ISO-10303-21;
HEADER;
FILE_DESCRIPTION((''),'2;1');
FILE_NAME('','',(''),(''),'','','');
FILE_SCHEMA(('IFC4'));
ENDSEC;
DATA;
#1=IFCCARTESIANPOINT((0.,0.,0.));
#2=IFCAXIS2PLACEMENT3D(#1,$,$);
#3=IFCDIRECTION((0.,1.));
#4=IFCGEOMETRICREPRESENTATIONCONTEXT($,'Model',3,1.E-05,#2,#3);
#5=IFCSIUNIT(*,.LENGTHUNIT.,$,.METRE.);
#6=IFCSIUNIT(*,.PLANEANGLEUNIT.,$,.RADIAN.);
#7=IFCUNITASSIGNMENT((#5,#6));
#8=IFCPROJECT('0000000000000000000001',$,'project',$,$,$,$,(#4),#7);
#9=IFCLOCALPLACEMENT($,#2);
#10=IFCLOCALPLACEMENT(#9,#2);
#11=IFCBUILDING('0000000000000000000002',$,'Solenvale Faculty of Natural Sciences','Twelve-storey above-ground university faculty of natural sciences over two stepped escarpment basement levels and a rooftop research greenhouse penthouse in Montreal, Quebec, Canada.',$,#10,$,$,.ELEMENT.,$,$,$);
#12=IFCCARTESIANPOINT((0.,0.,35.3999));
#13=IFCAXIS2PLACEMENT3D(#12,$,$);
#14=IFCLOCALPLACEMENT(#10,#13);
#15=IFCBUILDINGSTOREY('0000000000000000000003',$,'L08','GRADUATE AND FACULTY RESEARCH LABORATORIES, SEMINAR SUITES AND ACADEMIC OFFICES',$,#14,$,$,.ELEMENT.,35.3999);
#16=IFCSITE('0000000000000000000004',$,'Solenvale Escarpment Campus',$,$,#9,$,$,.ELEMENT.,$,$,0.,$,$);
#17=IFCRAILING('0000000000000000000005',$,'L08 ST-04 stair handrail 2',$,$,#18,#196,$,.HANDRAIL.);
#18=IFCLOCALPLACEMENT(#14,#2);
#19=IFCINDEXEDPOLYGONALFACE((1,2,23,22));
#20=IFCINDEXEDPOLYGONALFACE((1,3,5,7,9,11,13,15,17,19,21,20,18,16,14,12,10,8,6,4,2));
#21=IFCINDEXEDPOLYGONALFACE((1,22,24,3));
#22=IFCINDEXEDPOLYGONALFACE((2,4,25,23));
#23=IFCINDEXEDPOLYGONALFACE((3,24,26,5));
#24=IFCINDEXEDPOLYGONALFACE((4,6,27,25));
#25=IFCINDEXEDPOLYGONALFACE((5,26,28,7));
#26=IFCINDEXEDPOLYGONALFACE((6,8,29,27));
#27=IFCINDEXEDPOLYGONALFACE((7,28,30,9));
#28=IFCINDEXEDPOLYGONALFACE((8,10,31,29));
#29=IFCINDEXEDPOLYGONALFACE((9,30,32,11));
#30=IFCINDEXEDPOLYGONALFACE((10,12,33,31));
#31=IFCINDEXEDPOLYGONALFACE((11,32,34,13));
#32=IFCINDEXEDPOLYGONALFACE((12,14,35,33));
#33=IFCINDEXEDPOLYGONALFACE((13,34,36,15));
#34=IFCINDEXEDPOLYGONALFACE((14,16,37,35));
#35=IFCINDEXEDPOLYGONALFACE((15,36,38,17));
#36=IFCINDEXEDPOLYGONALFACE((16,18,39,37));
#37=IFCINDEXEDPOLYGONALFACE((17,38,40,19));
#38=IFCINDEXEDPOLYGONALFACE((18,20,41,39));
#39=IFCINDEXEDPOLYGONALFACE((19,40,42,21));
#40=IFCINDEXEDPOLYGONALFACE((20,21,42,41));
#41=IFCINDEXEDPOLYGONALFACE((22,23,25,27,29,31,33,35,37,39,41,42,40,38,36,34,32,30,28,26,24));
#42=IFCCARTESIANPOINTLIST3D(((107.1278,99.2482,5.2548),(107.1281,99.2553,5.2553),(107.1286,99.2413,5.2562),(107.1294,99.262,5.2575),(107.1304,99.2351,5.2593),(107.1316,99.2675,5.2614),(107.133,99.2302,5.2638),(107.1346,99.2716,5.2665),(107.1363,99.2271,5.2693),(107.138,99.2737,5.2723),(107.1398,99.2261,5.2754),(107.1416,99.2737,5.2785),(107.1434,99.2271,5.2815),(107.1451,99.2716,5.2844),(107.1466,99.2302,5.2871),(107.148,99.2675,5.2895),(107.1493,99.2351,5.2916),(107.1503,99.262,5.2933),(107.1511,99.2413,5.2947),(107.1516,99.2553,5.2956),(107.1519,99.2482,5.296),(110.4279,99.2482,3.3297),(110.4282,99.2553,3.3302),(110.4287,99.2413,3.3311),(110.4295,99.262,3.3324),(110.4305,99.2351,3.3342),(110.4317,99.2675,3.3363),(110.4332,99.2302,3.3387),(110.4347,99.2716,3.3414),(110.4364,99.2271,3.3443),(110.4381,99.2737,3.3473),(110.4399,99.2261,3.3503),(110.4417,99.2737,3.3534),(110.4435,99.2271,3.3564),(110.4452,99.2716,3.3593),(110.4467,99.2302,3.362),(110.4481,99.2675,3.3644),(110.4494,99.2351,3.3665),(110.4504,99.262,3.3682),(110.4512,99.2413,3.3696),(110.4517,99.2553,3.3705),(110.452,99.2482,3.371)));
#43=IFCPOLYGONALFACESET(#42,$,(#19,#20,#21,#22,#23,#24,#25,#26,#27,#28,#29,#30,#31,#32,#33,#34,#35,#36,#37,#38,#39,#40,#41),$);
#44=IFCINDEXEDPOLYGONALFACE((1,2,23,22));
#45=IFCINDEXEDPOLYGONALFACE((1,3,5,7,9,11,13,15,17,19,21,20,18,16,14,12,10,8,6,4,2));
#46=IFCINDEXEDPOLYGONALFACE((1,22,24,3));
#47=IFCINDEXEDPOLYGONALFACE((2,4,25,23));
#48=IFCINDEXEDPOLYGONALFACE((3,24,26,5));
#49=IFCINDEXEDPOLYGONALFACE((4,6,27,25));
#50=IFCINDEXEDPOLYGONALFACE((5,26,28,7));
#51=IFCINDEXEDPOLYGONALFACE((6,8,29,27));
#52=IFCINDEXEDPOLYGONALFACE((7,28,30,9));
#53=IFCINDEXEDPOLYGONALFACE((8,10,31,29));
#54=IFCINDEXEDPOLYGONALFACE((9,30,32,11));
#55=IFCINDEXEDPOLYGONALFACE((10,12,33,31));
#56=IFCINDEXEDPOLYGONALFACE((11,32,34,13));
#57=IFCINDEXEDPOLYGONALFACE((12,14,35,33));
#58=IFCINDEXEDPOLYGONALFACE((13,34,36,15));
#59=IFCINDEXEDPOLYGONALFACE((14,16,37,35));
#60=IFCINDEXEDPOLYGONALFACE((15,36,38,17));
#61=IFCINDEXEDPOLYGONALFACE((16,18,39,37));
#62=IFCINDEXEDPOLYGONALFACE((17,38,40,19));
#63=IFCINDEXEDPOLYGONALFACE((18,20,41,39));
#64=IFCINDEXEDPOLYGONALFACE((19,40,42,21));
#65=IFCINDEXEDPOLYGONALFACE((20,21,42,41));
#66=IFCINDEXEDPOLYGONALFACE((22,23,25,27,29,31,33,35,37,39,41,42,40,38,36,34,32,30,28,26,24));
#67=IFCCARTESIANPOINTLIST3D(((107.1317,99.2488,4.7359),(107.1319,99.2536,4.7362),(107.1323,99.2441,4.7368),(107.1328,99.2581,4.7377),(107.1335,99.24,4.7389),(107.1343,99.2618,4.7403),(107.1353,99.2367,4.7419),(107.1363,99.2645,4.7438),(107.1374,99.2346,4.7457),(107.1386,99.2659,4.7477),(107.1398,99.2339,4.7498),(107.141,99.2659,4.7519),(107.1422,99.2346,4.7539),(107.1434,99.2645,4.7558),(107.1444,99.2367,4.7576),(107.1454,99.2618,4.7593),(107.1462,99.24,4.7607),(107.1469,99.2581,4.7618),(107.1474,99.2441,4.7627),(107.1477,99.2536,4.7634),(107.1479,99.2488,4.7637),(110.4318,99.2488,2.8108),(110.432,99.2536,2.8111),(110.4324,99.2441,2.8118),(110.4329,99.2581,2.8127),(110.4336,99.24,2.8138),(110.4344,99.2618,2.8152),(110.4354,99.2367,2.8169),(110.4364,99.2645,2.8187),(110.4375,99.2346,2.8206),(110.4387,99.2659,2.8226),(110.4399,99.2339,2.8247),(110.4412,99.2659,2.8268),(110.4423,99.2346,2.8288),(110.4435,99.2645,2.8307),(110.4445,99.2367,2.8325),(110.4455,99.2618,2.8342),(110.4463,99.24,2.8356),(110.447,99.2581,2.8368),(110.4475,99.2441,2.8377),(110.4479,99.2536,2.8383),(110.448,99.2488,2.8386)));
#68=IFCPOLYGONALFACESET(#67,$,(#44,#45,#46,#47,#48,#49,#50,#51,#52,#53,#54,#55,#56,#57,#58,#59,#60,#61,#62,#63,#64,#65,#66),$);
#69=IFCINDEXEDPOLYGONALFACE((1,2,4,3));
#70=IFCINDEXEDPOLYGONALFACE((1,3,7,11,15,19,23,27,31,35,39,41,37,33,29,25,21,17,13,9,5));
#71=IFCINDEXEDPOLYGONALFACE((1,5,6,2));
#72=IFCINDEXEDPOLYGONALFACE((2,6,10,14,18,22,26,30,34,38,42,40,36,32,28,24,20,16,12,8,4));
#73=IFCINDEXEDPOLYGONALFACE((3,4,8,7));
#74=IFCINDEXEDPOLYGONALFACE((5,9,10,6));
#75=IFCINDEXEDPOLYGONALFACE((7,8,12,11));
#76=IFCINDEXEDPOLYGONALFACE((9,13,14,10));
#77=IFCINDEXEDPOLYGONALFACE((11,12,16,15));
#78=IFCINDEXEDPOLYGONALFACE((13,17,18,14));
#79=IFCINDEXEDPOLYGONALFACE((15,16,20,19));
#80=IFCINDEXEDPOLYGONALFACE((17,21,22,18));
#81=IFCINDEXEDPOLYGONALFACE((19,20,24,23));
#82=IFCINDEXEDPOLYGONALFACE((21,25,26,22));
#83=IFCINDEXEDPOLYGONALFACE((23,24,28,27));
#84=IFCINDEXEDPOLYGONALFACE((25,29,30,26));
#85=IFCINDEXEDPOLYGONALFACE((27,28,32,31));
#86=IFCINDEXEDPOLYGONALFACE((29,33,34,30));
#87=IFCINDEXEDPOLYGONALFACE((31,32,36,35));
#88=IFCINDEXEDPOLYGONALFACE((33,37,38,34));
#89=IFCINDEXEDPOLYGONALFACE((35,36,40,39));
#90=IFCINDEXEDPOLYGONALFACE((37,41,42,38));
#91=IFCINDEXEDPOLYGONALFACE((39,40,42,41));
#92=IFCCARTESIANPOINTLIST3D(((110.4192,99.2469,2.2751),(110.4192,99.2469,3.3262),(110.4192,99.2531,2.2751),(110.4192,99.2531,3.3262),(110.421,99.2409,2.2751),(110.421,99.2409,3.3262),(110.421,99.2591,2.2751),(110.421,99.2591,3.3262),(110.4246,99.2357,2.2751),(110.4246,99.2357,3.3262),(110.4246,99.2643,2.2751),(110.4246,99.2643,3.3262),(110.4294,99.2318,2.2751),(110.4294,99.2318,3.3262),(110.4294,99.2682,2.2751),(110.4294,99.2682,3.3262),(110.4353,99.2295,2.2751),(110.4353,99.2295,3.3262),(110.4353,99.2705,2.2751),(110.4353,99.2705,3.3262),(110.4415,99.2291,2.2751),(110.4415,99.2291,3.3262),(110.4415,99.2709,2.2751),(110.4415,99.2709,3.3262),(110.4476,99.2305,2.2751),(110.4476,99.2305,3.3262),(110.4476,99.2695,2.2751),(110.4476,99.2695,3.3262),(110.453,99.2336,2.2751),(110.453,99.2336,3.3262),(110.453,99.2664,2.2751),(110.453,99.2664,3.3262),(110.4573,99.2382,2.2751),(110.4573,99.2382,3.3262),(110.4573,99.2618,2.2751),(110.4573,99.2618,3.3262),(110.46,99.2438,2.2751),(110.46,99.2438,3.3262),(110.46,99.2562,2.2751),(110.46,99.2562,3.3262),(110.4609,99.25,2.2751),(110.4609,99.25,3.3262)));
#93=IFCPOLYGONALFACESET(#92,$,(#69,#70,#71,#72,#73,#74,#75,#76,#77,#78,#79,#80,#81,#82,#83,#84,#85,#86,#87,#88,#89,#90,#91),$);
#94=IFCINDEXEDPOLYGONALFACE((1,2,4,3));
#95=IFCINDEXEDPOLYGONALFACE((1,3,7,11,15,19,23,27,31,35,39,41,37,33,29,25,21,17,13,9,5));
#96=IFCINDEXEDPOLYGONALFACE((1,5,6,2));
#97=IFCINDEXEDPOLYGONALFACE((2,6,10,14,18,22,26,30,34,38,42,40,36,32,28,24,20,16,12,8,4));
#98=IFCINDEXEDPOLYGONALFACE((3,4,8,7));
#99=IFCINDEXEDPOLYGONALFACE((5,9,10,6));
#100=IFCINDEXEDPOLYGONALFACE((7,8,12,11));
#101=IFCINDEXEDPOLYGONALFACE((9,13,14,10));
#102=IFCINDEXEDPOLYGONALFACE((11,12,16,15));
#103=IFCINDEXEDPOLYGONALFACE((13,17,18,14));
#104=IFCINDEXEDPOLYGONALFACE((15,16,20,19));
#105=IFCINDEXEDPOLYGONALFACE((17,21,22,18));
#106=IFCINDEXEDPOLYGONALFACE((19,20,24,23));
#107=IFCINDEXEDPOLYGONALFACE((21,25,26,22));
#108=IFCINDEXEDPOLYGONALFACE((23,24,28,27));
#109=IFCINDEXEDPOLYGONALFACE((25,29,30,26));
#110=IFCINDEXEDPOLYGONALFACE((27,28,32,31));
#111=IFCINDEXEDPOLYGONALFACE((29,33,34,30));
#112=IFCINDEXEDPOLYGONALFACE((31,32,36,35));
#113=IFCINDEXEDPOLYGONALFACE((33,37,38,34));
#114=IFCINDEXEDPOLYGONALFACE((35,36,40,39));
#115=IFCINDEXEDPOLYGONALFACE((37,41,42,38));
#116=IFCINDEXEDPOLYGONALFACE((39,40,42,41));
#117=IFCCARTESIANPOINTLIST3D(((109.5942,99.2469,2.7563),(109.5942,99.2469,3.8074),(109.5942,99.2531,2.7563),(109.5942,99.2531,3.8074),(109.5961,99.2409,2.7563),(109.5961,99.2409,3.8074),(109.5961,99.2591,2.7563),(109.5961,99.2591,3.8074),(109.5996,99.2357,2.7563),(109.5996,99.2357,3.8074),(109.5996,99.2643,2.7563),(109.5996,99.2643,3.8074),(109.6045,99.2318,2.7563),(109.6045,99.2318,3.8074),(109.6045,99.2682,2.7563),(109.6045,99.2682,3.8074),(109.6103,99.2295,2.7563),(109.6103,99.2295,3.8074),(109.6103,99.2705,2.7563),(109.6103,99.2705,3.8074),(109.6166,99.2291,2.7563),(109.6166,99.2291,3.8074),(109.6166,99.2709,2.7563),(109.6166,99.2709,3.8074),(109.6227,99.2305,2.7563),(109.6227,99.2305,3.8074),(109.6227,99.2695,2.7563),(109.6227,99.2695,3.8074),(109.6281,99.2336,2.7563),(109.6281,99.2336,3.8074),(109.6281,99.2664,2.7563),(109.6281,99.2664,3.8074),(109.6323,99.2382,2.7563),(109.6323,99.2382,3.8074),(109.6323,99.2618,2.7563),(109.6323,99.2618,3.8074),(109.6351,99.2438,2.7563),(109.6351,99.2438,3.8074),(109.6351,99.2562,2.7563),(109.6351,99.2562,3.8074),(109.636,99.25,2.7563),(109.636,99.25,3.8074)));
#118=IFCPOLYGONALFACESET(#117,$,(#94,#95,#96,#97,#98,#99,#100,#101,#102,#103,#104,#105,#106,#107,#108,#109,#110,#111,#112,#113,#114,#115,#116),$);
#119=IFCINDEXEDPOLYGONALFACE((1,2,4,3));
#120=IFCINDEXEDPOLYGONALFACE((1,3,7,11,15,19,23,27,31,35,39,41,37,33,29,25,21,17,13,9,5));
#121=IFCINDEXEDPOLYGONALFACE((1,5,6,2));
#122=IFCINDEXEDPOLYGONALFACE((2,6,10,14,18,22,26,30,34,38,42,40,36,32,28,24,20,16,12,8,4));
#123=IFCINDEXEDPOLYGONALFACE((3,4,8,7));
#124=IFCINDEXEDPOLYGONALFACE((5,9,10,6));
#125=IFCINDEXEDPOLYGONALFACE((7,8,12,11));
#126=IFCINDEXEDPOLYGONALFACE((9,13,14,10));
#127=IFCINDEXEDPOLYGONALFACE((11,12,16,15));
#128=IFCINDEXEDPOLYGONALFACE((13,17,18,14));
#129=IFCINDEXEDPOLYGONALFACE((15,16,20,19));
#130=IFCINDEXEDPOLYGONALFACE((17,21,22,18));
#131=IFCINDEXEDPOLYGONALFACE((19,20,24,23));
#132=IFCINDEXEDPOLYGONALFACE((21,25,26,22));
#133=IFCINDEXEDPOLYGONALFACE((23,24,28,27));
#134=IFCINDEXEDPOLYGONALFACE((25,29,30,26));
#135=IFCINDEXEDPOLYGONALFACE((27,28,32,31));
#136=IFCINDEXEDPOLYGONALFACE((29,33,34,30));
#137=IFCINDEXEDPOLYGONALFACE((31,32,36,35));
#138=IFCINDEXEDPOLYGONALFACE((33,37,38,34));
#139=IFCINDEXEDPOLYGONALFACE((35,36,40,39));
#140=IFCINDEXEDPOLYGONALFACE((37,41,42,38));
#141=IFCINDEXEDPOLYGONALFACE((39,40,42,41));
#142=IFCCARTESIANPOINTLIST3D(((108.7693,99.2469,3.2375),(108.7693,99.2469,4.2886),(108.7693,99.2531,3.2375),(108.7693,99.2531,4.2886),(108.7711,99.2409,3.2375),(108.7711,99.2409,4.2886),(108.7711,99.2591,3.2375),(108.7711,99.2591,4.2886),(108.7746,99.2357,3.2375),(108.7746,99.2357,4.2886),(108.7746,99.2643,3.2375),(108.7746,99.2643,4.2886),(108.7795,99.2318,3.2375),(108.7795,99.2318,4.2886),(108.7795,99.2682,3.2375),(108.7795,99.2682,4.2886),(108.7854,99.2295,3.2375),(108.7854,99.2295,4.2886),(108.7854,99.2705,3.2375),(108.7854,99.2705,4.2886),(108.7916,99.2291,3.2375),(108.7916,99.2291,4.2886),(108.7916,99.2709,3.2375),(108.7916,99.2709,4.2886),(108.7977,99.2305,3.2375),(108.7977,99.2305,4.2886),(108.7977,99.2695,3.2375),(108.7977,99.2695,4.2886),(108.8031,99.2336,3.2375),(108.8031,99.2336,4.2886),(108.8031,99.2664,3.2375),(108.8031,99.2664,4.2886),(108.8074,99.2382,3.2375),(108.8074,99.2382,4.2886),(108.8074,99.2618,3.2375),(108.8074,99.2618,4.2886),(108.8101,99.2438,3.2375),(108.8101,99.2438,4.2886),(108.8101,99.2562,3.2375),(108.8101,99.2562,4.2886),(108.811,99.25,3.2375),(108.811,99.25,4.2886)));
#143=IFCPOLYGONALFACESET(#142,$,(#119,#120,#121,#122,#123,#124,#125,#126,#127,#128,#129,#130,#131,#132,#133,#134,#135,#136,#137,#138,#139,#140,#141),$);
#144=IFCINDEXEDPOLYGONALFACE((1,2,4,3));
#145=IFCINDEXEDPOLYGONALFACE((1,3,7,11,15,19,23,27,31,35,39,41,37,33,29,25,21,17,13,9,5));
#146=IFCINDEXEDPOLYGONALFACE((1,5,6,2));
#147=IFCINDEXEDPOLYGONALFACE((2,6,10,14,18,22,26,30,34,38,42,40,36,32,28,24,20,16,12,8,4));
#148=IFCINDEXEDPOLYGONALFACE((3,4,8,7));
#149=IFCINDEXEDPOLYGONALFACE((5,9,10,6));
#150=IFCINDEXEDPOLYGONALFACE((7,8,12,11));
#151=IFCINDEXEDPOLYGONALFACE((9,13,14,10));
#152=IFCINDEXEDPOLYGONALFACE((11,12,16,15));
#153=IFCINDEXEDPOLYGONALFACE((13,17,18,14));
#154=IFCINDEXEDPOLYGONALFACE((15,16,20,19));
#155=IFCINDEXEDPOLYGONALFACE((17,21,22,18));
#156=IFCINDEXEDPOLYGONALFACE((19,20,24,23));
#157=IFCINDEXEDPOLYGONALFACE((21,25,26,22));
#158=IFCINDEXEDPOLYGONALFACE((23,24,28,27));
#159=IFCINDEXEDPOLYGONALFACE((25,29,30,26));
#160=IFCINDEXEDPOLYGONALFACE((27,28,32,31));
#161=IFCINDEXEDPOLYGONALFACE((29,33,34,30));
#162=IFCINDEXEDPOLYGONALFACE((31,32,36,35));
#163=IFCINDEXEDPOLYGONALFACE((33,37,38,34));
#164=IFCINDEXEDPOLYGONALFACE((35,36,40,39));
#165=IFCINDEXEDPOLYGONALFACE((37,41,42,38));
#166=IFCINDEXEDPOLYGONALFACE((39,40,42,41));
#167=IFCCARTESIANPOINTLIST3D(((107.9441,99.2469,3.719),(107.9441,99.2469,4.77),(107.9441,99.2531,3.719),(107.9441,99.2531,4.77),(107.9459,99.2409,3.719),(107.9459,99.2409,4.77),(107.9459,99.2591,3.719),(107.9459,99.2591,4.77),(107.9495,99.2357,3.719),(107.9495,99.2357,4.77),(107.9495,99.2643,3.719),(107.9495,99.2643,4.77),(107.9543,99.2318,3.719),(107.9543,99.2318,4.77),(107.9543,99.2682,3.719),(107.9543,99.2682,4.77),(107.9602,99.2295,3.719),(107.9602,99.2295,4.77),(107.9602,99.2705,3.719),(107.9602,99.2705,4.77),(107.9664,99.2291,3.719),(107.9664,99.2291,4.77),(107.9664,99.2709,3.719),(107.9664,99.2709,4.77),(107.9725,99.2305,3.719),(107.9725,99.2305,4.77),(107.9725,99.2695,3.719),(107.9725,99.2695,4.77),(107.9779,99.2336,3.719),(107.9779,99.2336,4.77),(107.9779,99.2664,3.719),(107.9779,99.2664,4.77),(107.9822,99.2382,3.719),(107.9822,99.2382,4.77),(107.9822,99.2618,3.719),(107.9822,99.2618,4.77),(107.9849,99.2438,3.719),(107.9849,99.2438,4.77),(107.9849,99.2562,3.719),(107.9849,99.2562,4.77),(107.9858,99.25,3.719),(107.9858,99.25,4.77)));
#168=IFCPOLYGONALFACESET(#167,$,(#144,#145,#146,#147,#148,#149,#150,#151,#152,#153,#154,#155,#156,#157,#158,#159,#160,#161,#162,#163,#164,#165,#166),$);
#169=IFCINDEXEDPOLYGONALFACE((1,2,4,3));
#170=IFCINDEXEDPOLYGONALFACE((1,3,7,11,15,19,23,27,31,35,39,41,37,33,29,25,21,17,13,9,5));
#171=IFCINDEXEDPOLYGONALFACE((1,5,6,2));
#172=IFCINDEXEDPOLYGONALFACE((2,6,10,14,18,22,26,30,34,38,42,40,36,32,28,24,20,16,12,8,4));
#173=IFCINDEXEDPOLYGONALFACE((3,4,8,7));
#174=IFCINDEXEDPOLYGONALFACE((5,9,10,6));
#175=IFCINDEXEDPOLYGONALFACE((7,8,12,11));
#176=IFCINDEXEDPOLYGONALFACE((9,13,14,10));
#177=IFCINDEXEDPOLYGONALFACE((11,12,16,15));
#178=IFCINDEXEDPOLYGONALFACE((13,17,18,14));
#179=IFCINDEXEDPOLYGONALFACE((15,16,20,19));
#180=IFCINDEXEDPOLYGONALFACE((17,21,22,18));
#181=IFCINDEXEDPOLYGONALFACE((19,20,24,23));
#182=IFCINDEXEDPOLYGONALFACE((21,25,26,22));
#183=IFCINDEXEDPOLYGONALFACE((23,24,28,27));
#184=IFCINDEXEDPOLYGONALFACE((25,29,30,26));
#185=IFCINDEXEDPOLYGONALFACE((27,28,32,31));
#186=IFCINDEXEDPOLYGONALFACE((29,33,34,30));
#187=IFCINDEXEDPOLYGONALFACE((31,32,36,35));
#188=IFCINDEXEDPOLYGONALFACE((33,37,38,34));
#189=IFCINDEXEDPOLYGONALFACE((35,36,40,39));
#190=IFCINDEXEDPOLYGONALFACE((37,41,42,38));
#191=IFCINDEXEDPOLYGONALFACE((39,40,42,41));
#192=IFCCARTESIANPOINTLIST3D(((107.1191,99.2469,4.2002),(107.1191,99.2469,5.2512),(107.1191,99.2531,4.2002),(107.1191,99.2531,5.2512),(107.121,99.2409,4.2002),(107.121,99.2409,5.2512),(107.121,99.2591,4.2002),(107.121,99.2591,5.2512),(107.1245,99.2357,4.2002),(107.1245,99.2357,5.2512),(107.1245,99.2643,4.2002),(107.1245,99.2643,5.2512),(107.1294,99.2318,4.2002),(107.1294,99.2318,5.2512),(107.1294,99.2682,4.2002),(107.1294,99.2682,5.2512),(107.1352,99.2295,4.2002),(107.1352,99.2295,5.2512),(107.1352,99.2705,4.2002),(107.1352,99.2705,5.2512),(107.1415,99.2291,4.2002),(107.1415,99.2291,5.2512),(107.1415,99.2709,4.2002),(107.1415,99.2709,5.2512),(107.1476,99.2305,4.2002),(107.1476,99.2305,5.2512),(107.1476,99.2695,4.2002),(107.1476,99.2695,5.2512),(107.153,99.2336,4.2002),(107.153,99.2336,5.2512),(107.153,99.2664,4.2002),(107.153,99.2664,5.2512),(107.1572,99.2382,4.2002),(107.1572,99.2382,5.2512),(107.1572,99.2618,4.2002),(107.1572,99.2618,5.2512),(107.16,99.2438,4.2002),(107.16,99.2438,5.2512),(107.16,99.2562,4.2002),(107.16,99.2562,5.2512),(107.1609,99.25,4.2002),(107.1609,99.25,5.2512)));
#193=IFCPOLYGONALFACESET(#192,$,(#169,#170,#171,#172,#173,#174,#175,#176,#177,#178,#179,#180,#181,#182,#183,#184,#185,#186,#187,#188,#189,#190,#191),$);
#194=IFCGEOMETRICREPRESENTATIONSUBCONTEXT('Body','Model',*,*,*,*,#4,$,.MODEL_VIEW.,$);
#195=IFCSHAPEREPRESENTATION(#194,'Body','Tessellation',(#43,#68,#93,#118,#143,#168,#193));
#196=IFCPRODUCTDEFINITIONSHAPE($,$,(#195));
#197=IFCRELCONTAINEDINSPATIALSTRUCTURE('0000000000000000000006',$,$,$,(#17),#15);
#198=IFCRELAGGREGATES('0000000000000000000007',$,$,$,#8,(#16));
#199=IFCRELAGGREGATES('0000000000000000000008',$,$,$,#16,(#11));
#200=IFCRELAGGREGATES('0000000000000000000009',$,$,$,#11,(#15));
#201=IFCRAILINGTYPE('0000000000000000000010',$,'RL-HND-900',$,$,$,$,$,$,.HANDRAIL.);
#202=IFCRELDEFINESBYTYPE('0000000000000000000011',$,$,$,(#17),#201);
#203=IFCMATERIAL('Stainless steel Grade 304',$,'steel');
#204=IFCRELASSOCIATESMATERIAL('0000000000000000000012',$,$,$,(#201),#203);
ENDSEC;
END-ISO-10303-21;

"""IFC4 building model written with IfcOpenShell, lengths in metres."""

from ifc_helpers import new_model, si_unit, direction, frame, origin, origin_2d, place, context, subcontext, project, spatial, circle, extrude, material, type_object, element, save


model = new_model("IFC4")

# Units and contexts
model_context = context("Model", 3, precision=1e-05, world=origin(), true_north=direction((0.0, 1.0)))
body_context = subcontext(model_context, "Body", "Model", "MODEL_VIEW")
ifc_project = project(units=[si_unit("LENGTHUNIT", "METRE"), si_unit("PLANEANGLEUNIT", "RADIAN")], contexts=[model_context])

# Site, building, storey
site_placement = place(None, origin())
site = spatial("IfcSite", under=ifc_project, at=site_placement, Name="Solenvale Escarpment Campus", CompositionType="ELEMENT", RefElevation=0.0)
building_placement = place(site_placement, origin())
building = spatial("IfcBuilding", under=site, at=building_placement, Name="Solenvale Faculty of Natural Sciences", Description="Twelve-storey above-ground university faculty of natural sciences over two stepped escarpment basement levels and a rooftop research greenhouse penthouse in Montreal, Quebec, Canada.", CompositionType="ELEMENT")
storey_placement = place(building_placement, frame((0.0, 0.0, 35.3999)))
storey = spatial("IfcBuildingStorey", under=building, at=storey_placement, Name="L08", Description="GRADUATE AND FACULTY RESEARCH LABORATORIES, SEMINAR SUITES AND ACADEMIC OFFICES", CompositionType="ELEMENT", Elevation=35.3999)

# Railing
ifc_material_1 = material(Name="Stainless steel Grade 304", Category="steel")
railing_type_1 = type_object("IfcRailingType", Name="RL-HND-900", PredefinedType="HANDRAIL", material=ifc_material_1)
railing_1_placement = place(storey_placement, frame((110.4399, 99.25, 2.2751)))
element("IfcRailing", 1, at=railing_1_placement, inside=storey, type_object=railing_type_1, Name="L08 ST-04 stair handrail 2", PredefinedType="HANDRAIL", context=body_context, shape_type="SweptSolid", body=[
    extrude(circle(Radius=0.0239, at=origin_2d()), frame((0.0, 0.0, 1.0752), z_axis=(-0.863777, 0.0, 0.503875), x_axis=(0.0, -1.0, 0.0)), (0.0, 0.0, 1.0), 3.8206),
    extrude(circle(Radius=0.0161, at=origin_2d()), frame((0.0, 0.0, 0.5496), z_axis=(-0.863777, 0.0, 0.503875), x_axis=(0.0, -1.0, 0.0)), (0.0, 0.0, 1.0), 3.8206),
    extrude(circle(Radius=0.021, at=origin_2d()), origin(), (0.0, 0.0, 1.0), 1.051),
    extrude(circle(Radius=0.021, at=origin_2d()), frame((-0.825, 0.0, 0.4812)), (0.0, 0.0, 1.0), 1.051),
    extrude(circle(Radius=0.021, at=origin_2d()), frame((-1.6499, 0.0, 0.9624)), (0.0, 0.0, 1.0), 1.051),
    extrude(circle(Radius=0.021, at=origin_2d()), frame((-2.4751, 0.0, 1.4438)), (0.0, 0.0, 1.0), 1.051),
    extrude(circle(Radius=0.021, at=origin_2d()), frame((-3.3, 0.0, 1.925)), (0.0, 0.0, 1.0), 1.051),
])

save(model, "model.ifc")
